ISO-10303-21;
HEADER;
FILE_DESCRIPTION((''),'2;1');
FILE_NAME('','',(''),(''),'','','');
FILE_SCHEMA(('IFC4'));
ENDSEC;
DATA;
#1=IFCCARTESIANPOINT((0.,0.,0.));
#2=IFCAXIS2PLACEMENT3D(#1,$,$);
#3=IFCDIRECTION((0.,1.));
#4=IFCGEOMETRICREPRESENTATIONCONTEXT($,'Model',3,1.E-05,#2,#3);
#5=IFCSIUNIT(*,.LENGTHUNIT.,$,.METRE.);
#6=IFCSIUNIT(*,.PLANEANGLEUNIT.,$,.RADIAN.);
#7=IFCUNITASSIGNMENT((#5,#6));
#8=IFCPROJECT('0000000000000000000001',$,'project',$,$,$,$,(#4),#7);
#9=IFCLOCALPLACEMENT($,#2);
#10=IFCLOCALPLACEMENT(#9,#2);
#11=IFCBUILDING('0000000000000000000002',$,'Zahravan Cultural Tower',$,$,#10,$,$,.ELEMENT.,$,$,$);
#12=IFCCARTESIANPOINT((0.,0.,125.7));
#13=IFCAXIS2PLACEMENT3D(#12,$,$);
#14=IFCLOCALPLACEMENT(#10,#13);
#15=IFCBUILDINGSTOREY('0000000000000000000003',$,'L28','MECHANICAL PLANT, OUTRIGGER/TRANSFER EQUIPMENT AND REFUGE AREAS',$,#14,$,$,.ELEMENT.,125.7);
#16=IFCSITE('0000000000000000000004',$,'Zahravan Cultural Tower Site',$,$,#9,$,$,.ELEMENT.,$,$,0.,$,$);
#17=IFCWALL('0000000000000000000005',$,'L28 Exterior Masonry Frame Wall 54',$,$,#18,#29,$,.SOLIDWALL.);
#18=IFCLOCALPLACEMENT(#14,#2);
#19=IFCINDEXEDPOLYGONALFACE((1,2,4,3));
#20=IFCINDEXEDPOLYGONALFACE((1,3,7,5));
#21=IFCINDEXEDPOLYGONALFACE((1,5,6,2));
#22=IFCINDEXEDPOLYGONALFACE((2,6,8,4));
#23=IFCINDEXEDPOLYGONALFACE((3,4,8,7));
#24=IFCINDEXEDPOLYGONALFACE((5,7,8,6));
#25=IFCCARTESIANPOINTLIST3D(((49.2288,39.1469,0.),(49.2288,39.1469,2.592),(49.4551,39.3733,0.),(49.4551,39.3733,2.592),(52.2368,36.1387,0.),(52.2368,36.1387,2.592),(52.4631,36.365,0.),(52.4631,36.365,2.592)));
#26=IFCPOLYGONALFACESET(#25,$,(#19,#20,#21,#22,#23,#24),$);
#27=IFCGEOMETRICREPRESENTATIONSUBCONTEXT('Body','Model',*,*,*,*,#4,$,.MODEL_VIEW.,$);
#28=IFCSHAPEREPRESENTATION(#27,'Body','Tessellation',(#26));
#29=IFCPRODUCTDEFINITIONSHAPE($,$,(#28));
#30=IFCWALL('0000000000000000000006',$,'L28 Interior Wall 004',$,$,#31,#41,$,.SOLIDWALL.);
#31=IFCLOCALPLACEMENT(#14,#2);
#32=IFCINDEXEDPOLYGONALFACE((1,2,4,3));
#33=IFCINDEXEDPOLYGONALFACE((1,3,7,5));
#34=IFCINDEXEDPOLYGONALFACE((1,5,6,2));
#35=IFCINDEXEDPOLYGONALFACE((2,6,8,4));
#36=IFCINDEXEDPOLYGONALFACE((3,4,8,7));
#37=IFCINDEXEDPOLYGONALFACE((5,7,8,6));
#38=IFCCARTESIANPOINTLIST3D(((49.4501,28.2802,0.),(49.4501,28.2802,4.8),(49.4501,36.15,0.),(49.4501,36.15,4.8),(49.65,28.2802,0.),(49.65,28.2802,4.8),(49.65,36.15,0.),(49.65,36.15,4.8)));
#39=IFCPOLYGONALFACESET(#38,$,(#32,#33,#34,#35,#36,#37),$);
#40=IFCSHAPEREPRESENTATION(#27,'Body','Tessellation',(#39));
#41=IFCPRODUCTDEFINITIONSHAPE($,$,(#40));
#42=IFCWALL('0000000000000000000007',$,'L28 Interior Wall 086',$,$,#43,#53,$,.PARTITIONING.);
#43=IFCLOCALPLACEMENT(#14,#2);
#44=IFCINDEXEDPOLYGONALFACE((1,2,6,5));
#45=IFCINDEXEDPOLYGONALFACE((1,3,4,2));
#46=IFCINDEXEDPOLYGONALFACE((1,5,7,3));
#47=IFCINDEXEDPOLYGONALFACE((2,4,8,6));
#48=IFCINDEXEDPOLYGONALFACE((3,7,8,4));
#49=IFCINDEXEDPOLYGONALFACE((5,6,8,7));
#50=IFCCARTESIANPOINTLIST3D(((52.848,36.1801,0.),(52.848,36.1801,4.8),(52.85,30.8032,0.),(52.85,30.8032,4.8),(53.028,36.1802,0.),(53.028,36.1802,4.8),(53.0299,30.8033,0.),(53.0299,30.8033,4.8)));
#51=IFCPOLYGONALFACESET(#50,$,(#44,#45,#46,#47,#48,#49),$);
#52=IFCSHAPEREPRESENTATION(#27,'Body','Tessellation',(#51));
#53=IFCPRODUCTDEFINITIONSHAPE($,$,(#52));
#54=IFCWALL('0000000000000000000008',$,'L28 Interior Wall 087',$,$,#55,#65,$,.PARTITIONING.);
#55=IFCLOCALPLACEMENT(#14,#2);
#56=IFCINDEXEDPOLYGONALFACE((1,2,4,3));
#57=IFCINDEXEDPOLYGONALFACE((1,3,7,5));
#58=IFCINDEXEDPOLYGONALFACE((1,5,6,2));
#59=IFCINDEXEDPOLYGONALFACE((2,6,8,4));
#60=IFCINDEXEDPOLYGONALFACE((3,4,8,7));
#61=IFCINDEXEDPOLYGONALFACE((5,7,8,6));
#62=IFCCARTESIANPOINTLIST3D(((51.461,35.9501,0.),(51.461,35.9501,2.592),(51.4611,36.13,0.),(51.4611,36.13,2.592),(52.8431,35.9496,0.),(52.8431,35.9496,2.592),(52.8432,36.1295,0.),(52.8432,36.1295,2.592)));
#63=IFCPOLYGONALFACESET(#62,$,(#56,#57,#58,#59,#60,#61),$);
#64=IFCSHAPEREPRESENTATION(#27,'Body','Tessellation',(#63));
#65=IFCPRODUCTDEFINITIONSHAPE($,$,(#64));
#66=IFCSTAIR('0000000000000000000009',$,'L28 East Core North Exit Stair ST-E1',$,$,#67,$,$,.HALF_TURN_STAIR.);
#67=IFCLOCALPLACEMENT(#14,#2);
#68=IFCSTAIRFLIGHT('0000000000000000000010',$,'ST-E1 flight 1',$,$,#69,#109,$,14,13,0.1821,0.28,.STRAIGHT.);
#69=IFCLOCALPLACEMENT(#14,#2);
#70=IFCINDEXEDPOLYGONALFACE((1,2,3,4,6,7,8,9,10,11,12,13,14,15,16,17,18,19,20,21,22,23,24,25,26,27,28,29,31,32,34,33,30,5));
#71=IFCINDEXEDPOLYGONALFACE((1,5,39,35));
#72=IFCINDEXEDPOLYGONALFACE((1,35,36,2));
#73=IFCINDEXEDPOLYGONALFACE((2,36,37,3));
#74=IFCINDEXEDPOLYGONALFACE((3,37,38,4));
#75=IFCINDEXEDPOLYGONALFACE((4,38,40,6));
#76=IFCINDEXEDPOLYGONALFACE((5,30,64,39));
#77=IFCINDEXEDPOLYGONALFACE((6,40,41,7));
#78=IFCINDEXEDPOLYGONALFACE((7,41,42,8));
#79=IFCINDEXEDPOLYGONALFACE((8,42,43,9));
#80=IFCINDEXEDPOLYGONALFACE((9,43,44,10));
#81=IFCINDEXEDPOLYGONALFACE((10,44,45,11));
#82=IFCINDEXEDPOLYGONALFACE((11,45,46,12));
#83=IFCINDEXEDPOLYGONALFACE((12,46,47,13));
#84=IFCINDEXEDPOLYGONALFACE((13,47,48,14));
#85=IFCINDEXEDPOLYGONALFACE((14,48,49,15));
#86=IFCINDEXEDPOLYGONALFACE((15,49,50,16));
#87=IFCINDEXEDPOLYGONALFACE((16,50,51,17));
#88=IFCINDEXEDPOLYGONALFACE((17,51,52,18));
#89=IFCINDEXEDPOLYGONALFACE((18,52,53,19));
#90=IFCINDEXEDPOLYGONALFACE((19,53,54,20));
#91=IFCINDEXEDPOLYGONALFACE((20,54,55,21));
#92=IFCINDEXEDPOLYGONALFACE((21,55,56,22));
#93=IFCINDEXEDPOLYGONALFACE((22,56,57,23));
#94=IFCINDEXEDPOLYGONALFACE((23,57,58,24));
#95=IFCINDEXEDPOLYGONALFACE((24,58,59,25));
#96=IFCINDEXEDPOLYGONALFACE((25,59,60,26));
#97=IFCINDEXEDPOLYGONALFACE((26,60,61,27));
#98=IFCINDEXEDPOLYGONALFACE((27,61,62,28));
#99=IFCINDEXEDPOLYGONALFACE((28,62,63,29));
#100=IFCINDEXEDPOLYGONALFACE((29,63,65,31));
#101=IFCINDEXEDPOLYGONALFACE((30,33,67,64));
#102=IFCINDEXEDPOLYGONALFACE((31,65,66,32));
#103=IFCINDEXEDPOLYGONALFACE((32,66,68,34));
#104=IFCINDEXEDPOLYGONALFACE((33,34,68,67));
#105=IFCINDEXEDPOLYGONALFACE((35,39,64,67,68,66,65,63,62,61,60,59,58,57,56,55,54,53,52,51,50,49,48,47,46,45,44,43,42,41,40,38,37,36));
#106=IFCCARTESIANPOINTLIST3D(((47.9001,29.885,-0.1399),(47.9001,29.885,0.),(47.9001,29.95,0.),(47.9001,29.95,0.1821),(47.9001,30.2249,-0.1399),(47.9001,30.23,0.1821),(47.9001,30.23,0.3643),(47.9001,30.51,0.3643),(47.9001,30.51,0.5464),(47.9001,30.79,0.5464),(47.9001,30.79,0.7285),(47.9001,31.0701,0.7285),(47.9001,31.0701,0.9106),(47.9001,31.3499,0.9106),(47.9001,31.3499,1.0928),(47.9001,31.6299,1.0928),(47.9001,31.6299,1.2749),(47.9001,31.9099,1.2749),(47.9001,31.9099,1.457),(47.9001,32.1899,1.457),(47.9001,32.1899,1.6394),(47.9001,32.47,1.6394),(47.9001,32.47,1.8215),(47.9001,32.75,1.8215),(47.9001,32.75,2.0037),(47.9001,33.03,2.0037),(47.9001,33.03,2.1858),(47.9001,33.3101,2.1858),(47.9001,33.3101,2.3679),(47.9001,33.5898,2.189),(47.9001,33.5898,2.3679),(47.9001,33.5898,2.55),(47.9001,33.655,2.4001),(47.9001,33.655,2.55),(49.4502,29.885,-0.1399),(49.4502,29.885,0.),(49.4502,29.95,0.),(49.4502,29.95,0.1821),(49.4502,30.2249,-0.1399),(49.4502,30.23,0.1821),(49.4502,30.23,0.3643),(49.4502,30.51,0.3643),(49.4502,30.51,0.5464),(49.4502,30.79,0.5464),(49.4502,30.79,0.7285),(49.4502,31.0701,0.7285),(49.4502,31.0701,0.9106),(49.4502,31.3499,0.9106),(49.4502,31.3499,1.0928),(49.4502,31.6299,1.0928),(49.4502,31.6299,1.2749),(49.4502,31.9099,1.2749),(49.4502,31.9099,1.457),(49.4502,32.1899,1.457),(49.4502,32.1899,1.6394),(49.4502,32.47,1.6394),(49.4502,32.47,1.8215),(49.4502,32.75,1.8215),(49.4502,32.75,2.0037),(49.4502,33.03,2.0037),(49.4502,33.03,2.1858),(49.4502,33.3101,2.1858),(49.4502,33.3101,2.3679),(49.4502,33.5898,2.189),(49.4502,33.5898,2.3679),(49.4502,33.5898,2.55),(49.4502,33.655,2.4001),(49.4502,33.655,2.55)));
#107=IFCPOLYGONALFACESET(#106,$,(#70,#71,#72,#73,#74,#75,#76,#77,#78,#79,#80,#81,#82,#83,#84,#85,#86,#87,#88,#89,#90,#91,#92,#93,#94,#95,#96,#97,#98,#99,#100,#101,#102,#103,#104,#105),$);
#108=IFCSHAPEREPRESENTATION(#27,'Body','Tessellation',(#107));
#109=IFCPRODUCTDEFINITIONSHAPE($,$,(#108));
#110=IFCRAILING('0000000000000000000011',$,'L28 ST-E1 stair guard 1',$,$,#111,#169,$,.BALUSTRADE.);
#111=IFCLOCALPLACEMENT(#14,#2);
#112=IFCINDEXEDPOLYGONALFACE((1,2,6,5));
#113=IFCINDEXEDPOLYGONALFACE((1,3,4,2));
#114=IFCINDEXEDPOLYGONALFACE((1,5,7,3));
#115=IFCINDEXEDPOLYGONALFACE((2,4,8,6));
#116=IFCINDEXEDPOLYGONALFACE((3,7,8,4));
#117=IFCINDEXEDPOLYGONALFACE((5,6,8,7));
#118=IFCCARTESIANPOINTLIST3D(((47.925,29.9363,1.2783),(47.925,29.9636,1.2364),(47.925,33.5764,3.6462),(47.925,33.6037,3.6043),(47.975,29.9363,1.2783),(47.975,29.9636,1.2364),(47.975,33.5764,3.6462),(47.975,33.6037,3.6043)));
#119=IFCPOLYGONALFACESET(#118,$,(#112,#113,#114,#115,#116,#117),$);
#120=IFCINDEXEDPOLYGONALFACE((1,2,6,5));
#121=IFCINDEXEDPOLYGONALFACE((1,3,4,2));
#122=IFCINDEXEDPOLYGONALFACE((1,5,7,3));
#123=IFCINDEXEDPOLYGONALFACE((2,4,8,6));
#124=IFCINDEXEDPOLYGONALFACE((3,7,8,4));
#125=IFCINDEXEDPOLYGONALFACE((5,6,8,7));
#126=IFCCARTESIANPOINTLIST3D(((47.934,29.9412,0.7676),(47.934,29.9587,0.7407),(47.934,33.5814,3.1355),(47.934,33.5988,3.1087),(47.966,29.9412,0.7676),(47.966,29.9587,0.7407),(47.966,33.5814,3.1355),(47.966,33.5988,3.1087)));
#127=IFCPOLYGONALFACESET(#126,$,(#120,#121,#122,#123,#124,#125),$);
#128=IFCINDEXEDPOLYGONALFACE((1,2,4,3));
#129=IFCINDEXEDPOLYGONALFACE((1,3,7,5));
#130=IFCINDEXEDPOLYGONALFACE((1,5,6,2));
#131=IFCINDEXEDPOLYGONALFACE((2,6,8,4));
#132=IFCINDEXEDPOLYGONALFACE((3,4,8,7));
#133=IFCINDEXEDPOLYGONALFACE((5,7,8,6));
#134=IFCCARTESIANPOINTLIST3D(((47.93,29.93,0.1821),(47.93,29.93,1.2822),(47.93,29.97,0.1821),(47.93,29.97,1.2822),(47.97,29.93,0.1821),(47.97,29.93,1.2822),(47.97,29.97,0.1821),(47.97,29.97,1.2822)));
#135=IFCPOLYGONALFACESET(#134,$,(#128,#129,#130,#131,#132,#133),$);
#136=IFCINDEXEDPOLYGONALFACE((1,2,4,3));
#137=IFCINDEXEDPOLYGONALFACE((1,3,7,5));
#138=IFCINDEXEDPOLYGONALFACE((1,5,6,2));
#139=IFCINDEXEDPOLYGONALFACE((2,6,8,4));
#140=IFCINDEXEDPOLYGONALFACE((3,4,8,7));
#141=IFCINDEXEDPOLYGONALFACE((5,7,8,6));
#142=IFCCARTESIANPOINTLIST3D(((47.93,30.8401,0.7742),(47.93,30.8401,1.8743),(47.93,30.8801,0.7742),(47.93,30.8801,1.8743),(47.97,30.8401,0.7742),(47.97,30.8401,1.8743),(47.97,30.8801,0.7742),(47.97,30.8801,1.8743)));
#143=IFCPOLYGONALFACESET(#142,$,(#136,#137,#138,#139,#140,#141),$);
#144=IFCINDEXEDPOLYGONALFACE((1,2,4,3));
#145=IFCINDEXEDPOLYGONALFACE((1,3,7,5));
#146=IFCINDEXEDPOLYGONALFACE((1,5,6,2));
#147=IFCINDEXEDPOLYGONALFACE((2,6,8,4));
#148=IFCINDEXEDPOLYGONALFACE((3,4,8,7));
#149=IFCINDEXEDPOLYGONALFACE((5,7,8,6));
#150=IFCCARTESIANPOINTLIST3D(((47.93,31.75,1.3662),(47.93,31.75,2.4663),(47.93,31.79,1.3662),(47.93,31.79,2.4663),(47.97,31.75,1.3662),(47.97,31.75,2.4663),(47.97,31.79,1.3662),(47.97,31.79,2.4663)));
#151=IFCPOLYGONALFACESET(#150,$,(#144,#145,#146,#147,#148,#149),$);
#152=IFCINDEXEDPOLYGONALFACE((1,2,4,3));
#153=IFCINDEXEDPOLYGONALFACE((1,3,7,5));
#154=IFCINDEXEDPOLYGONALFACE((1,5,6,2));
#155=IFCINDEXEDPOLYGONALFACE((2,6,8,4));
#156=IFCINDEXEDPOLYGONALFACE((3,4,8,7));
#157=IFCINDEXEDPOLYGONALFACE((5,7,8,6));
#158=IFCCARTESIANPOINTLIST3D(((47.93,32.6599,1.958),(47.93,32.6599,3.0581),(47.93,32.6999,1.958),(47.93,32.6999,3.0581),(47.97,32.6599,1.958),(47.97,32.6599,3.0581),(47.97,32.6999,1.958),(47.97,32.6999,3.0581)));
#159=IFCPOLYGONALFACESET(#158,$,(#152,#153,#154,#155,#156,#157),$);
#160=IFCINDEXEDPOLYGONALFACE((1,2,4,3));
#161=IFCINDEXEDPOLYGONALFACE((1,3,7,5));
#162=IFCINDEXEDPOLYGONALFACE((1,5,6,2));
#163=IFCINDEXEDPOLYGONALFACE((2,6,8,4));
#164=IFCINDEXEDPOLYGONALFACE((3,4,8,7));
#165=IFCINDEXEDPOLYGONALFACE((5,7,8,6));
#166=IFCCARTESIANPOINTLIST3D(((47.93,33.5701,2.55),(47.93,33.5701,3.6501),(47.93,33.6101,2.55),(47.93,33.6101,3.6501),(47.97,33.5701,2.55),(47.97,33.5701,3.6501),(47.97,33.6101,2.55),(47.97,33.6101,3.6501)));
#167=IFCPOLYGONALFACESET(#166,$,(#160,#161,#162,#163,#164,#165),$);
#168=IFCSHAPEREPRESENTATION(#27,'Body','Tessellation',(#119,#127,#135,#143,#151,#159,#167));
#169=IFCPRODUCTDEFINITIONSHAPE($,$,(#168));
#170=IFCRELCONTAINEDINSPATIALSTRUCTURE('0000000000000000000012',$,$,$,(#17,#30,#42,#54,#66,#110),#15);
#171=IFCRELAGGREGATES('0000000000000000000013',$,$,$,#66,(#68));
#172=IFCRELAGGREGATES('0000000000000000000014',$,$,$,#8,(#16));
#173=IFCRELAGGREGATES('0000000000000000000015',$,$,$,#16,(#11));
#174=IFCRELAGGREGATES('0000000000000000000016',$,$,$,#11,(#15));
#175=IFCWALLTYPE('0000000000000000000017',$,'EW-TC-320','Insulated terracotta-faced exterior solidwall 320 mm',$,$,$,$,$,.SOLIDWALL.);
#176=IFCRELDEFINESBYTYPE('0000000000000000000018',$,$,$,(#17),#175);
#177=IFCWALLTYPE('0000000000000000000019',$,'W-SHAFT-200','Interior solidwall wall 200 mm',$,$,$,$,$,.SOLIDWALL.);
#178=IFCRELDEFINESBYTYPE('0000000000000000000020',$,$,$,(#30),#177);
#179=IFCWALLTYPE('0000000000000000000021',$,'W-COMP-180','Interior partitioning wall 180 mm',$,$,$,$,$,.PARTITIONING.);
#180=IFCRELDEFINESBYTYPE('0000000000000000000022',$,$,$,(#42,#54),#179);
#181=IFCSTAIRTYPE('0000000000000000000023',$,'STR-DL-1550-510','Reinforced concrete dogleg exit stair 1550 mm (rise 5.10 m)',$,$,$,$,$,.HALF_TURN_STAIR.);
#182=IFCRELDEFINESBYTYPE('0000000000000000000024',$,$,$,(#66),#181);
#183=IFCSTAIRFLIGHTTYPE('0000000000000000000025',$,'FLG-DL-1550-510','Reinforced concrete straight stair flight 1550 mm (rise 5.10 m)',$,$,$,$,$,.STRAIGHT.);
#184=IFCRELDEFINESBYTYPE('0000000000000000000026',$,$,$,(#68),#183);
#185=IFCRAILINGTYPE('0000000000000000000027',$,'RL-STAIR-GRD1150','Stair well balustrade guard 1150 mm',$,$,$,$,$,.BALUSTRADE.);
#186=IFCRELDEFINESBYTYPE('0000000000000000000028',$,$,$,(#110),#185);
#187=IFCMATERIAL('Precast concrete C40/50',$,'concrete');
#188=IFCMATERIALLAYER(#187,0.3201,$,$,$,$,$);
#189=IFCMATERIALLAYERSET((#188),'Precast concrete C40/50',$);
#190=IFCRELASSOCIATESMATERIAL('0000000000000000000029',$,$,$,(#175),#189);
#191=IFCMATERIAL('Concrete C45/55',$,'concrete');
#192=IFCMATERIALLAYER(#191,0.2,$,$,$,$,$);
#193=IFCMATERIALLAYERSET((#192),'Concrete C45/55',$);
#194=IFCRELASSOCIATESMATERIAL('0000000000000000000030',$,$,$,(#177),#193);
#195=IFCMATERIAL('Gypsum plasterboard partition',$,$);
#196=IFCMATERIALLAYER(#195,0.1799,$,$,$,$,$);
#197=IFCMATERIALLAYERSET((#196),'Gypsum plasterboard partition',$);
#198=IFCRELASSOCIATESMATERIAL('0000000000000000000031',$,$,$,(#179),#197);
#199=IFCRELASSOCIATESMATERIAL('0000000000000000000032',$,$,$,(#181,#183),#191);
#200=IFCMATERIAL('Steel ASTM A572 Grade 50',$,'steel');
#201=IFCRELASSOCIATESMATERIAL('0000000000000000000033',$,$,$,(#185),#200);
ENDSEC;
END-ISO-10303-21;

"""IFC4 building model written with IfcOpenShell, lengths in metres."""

from ifc_helpers import new_model, si_unit, direction, frame, frame_2d, origin, origin_2d, place, context, subcontext, project, spatial, polyline, rectangle, outline, extrude, source, transform, mapped, material, layer, layer_set, type_object, element, aggregate, save


model = new_model("IFC4")

# Units and contexts
model_context = context("Model", 3, precision=1e-05, world=origin(), true_north=direction((0.0, 1.0)))
body_context = subcontext(model_context, "Body", "Model", "MODEL_VIEW")
ifc_project = project(units=[si_unit("LENGTHUNIT", "METRE"), si_unit("PLANEANGLEUNIT", "RADIAN")], contexts=[model_context])

# Site, building, storey
site_placement = place(None, origin())
site = spatial("IfcSite", under=ifc_project, at=site_placement, Name="Zahravan Cultural Tower Site", CompositionType="ELEMENT", RefElevation=0.0)
building_placement = place(site_placement, origin())
building = spatial("IfcBuilding", under=site, at=building_placement, Name="Zahravan Cultural Tower", CompositionType="ELEMENT")
storey_placement = place(building_placement, frame((0.0, 0.0, 125.7)))
storey = spatial("IfcBuildingStorey", under=building, at=storey_placement, Name="L28", Description="MECHANICAL PLANT, OUTRIGGER/TRANSFER EQUIPMENT AND REFUGE AREAS", CompositionType="ELEMENT", Elevation=125.7)

# Shared definitions
ifc_material_1 = material(Name="Steel ASTM A572 Grade 50", Category="steel")

# Walls
ifc_material_2 = material(Name="Precast concrete C40/50", Category="concrete")
ifc_layer_1 = layer(ifc_material_2, 0.3201)
ifc_layer_set_1 = layer_set([ifc_layer_1], Name="Precast concrete C40/50")
wall_type_1 = type_object("IfcWallType", Name="EW-TC-320", Description="Insulated terracotta-faced exterior solidwall 320 mm", PredefinedType="SOLIDWALL", material=ifc_layer_set_1)
shared_shape_1 = source(origin(), body_context, "Body", "SweptSolid", [
    extrude(rectangle(XDim=4.2542, YDim=0.3201, at=frame_2d((2.127, 0.0))), origin(), (0.0, 0.0, 1.0), 2.592),
])
wall_1_placement = place(storey_placement, frame((49.342, 39.26, 0.0), z_axis=(0.0, 0.0, 1.0), x_axis=(0.707078, -0.707135, 0.0)))
element("IfcWall", 1, at=wall_1_placement, inside=storey, type_object=wall_type_1, Name="L28 Exterior Masonry Frame Wall 54", PredefinedType="SOLIDWALL", context=body_context, shape_type="MappedRepresentation", body=[
    mapped(shared_shape_1, transform((0.0, 0.0, 0.0), x_axis=(1.0, 0.0, 0.0), y_axis=(0.0, 1.0, 0.0), z_axis=(0.0, 0.0, 1.0), scale=1.0)),
])
ifc_material_3 = material(Name="Concrete C45/55", Category="concrete")
ifc_layer_2 = layer(ifc_material_3, 0.2)
ifc_layer_set_2 = layer_set([ifc_layer_2], Name="Concrete C45/55")
wall_type_2 = type_object("IfcWallType", Name="W-SHAFT-200", Description="Interior solidwall wall 200 mm", PredefinedType="SOLIDWALL", material=ifc_layer_set_2)
shared_shape_2 = source(origin(), body_context, "Body", "SweptSolid", [
    extrude(rectangle(XDim=7.8699, YDim=0.2, at=frame_2d((3.9351, 0.0))), origin(), (0.0, 0.0, 1.0), 4.8),
])
wall_2_placement = place(storey_placement, frame((49.55, 28.28, 0.0), z_axis=(0.0, 0.0, 1.0), x_axis=(0.0, 1.0, 0.0)))
element("IfcWall", 2, at=wall_2_placement, inside=storey, type_object=wall_type_2, Name="L28 Interior Wall 004", PredefinedType="SOLIDWALL", context=body_context, shape_type="MappedRepresentation", body=[
    mapped(shared_shape_2, transform((0.0, 0.0, 0.0), x_axis=(1.0, 0.0, 0.0), y_axis=(0.0, 1.0, 0.0), z_axis=(0.0, 0.0, 1.0), scale=1.0)),
])
ifc_material_4 = material(Name="Gypsum plasterboard partition")
ifc_layer_3 = layer(ifc_material_4, 0.1799)
ifc_layer_set_3 = layer_set([ifc_layer_3], Name="Gypsum plasterboard partition")
wall_type_3 = type_object("IfcWallType", Name="W-COMP-180", Description="Interior partitioning wall 180 mm", PredefinedType="PARTITIONING", material=ifc_layer_set_3)
shared_shape_3 = source(origin(), body_context, "Body", "SweptSolid", [
    extrude(rectangle(XDim=5.377, YDim=0.1799, at=frame_2d((2.6885, 0.0))), origin(), (0.0, 0.0, 1.0), 4.8),
])
wall_3_placement = place(storey_placement, frame((52.9399, 30.8032, 0.0), z_axis=(0.0, 0.0, 1.0), x_axis=(-0.000363, 1.0, 0.0)))
element("IfcWall", 3, at=wall_3_placement, inside=storey, type_object=wall_type_3, Name="L28 Interior Wall 086", PredefinedType="PARTITIONING", context=body_context, shape_type="MappedRepresentation", body=[
    mapped(shared_shape_3, transform((0.0, 0.0, 0.0), x_axis=(1.0, 0.0, 0.0), y_axis=(0.0, 1.0, 0.0), z_axis=(0.0, 0.0, 1.0), scale=1.0)),
])
shared_shape_4 = source(origin(), body_context, "Body", "SweptSolid", [
    extrude(rectangle(XDim=1.3821, YDim=0.1799, at=frame_2d((0.6909, 0.0))), origin(), (0.0, 0.0, 1.0), 2.592),
])
wall_4_placement = place(storey_placement, frame((52.843, 36.0396, 0.0), z_axis=(0.0, 0.0, 1.0), x_axis=(-1.0, 0.000353, 0.0)))
element("IfcWall", 4, at=wall_4_placement, inside=storey, type_object=wall_type_3, Name="L28 Interior Wall 087", PredefinedType="PARTITIONING", context=body_context, shape_type="MappedRepresentation", body=[
    mapped(shared_shape_4, transform((0.0, 0.0, 0.0), x_axis=(1.0, 0.0, 0.0), y_axis=(0.0, 1.0, 0.0), z_axis=(0.0, 0.0, 1.0), scale=1.0)),
])

# Stair, stair flight
stair_type = type_object("IfcStairType", Name="STR-DL-1550-510", Description="Reinforced concrete dogleg exit stair 1550 mm (rise 5.10 m)", PredefinedType="HALF_TURN_STAIR", material=ifc_material_3)
stair_placement = place(storey_placement, origin())
stair = element("IfcStair", 5, at=stair_placement, inside=storey, type_object=stair_type, Name="L28 East Core North Exit Stair ST-E1", PredefinedType="HALF_TURN_STAIR")
stair_flight_type = type_object("IfcStairFlightType", Name="FLG-DL-1550-510", Description="Reinforced concrete straight stair flight 1550 mm (rise 5.10 m)", PredefinedType="STRAIGHT", material=ifc_material_3)
stair_flight_placement = place(storey_placement, frame((48.675, 29.95, 0.0), z_axis=(0.0, 0.0, 1.0), x_axis=(0.0, 1.0, 0.0)))
stair_flight = element("IfcStairFlight", 6, at=stair_flight_placement, type_object=stair_flight_type, Name="ST-E1 flight 1", NumberOfRisers=14, NumberOfTreads=13, PredefinedType="STRAIGHT", RiserHeight=0.1821, TreadLength=0.28, context=body_context, shape_type="SweptSolid", body=[
    extrude(outline(polyline([(-0.0649, -0.1399), (-0.0649, 0.0), (0.0, 0.0), (0.0, 0.1821), (0.28, 0.1821), (0.28, 0.3643), (0.5601, 0.3643), (0.5601, 0.5464), (0.8401, 0.5464), (0.8401, 0.7285), (1.1201, 0.7285), (1.1201, 0.9106), (1.3999, 0.9106), (1.3999, 1.0928), (1.6799, 1.0928), (1.6799, 1.2749), (1.96, 1.2749), (1.96, 1.457), (2.24, 1.457), (2.24, 1.6394), (2.52, 1.6394), (2.52, 1.8215), (2.8, 1.8215), (2.8, 2.0037), (3.0801, 2.0037), (3.0801, 2.1858), (3.3601, 2.1858), (3.3601, 2.3679), (3.6399, 2.3679), (3.6399, 2.55), (3.7051, 2.55), (3.7051, 2.4001), (3.6399, 2.189), (0.2749, -0.1399), (-0.0649, -0.1399)])), frame((0.0, 0.7749, 0.0), z_axis=(0.0, -1.0, 0.0), x_axis=(1.0, 0.0, 0.0)), (0.0, 0.0, 1.0), 1.55),
])
aggregate(stair, [stair_flight])

# Railing
railing_type_1 = type_object("IfcRailingType", Name="RL-STAIR-GRD1150", Description="Stair well balustrade guard 1150 mm", PredefinedType="BALUSTRADE", material=ifc_material_1)
railing_1_placement = place(storey_placement, frame((47.95, 29.95, 0.1821)))
element("IfcRailing", 7, at=railing_1_placement, inside=storey, type_object=railing_type_1, Name="L28 ST-E1 stair guard 1", PredefinedType="BALUSTRADE", context=body_context, shape_type="SweptSolid", body=[
    extrude(rectangle(XDim=0.05, YDim=0.05, at=origin_2d()), frame((0.0, 0.0, 1.0752), z_axis=(0.0, 0.838251, 0.545285), x_axis=(-1.0, 0.0, 0.0)), (0.0, 0.0, 1.0), 4.3425),
    extrude(rectangle(XDim=0.032, YDim=0.032, at=origin_2d()), frame((0.0, 0.0, 0.572), z_axis=(0.0, 0.838251, 0.545285), x_axis=(-1.0, 0.0, 0.0)), (0.0, 0.0, 1.0), 4.3425),
    extrude(rectangle(XDim=0.04, YDim=0.04, at=origin_2d()), origin(), (0.0, 0.0, 1.0), 1.1001),
    extrude(rectangle(XDim=0.04, YDim=0.04, at=origin_2d()), frame((0.0, 0.9102, 0.592)), (0.0, 0.0, 1.0), 1.1001),
    extrude(rectangle(XDim=0.04, YDim=0.04, at=origin_2d()), frame((0.0, 1.8201, 1.1841)), (0.0, 0.0, 1.0), 1.1001),
    extrude(rectangle(XDim=0.04, YDim=0.04, at=origin_2d()), frame((0.0, 2.73, 1.7759)), (0.0, 0.0, 1.0), 1.1001),
    extrude(rectangle(XDim=0.04, YDim=0.04, at=origin_2d()), frame((0.0, 3.6401, 2.3679)), (0.0, 0.0, 1.0), 1.1001),
])

save(model, "model.ifc")
